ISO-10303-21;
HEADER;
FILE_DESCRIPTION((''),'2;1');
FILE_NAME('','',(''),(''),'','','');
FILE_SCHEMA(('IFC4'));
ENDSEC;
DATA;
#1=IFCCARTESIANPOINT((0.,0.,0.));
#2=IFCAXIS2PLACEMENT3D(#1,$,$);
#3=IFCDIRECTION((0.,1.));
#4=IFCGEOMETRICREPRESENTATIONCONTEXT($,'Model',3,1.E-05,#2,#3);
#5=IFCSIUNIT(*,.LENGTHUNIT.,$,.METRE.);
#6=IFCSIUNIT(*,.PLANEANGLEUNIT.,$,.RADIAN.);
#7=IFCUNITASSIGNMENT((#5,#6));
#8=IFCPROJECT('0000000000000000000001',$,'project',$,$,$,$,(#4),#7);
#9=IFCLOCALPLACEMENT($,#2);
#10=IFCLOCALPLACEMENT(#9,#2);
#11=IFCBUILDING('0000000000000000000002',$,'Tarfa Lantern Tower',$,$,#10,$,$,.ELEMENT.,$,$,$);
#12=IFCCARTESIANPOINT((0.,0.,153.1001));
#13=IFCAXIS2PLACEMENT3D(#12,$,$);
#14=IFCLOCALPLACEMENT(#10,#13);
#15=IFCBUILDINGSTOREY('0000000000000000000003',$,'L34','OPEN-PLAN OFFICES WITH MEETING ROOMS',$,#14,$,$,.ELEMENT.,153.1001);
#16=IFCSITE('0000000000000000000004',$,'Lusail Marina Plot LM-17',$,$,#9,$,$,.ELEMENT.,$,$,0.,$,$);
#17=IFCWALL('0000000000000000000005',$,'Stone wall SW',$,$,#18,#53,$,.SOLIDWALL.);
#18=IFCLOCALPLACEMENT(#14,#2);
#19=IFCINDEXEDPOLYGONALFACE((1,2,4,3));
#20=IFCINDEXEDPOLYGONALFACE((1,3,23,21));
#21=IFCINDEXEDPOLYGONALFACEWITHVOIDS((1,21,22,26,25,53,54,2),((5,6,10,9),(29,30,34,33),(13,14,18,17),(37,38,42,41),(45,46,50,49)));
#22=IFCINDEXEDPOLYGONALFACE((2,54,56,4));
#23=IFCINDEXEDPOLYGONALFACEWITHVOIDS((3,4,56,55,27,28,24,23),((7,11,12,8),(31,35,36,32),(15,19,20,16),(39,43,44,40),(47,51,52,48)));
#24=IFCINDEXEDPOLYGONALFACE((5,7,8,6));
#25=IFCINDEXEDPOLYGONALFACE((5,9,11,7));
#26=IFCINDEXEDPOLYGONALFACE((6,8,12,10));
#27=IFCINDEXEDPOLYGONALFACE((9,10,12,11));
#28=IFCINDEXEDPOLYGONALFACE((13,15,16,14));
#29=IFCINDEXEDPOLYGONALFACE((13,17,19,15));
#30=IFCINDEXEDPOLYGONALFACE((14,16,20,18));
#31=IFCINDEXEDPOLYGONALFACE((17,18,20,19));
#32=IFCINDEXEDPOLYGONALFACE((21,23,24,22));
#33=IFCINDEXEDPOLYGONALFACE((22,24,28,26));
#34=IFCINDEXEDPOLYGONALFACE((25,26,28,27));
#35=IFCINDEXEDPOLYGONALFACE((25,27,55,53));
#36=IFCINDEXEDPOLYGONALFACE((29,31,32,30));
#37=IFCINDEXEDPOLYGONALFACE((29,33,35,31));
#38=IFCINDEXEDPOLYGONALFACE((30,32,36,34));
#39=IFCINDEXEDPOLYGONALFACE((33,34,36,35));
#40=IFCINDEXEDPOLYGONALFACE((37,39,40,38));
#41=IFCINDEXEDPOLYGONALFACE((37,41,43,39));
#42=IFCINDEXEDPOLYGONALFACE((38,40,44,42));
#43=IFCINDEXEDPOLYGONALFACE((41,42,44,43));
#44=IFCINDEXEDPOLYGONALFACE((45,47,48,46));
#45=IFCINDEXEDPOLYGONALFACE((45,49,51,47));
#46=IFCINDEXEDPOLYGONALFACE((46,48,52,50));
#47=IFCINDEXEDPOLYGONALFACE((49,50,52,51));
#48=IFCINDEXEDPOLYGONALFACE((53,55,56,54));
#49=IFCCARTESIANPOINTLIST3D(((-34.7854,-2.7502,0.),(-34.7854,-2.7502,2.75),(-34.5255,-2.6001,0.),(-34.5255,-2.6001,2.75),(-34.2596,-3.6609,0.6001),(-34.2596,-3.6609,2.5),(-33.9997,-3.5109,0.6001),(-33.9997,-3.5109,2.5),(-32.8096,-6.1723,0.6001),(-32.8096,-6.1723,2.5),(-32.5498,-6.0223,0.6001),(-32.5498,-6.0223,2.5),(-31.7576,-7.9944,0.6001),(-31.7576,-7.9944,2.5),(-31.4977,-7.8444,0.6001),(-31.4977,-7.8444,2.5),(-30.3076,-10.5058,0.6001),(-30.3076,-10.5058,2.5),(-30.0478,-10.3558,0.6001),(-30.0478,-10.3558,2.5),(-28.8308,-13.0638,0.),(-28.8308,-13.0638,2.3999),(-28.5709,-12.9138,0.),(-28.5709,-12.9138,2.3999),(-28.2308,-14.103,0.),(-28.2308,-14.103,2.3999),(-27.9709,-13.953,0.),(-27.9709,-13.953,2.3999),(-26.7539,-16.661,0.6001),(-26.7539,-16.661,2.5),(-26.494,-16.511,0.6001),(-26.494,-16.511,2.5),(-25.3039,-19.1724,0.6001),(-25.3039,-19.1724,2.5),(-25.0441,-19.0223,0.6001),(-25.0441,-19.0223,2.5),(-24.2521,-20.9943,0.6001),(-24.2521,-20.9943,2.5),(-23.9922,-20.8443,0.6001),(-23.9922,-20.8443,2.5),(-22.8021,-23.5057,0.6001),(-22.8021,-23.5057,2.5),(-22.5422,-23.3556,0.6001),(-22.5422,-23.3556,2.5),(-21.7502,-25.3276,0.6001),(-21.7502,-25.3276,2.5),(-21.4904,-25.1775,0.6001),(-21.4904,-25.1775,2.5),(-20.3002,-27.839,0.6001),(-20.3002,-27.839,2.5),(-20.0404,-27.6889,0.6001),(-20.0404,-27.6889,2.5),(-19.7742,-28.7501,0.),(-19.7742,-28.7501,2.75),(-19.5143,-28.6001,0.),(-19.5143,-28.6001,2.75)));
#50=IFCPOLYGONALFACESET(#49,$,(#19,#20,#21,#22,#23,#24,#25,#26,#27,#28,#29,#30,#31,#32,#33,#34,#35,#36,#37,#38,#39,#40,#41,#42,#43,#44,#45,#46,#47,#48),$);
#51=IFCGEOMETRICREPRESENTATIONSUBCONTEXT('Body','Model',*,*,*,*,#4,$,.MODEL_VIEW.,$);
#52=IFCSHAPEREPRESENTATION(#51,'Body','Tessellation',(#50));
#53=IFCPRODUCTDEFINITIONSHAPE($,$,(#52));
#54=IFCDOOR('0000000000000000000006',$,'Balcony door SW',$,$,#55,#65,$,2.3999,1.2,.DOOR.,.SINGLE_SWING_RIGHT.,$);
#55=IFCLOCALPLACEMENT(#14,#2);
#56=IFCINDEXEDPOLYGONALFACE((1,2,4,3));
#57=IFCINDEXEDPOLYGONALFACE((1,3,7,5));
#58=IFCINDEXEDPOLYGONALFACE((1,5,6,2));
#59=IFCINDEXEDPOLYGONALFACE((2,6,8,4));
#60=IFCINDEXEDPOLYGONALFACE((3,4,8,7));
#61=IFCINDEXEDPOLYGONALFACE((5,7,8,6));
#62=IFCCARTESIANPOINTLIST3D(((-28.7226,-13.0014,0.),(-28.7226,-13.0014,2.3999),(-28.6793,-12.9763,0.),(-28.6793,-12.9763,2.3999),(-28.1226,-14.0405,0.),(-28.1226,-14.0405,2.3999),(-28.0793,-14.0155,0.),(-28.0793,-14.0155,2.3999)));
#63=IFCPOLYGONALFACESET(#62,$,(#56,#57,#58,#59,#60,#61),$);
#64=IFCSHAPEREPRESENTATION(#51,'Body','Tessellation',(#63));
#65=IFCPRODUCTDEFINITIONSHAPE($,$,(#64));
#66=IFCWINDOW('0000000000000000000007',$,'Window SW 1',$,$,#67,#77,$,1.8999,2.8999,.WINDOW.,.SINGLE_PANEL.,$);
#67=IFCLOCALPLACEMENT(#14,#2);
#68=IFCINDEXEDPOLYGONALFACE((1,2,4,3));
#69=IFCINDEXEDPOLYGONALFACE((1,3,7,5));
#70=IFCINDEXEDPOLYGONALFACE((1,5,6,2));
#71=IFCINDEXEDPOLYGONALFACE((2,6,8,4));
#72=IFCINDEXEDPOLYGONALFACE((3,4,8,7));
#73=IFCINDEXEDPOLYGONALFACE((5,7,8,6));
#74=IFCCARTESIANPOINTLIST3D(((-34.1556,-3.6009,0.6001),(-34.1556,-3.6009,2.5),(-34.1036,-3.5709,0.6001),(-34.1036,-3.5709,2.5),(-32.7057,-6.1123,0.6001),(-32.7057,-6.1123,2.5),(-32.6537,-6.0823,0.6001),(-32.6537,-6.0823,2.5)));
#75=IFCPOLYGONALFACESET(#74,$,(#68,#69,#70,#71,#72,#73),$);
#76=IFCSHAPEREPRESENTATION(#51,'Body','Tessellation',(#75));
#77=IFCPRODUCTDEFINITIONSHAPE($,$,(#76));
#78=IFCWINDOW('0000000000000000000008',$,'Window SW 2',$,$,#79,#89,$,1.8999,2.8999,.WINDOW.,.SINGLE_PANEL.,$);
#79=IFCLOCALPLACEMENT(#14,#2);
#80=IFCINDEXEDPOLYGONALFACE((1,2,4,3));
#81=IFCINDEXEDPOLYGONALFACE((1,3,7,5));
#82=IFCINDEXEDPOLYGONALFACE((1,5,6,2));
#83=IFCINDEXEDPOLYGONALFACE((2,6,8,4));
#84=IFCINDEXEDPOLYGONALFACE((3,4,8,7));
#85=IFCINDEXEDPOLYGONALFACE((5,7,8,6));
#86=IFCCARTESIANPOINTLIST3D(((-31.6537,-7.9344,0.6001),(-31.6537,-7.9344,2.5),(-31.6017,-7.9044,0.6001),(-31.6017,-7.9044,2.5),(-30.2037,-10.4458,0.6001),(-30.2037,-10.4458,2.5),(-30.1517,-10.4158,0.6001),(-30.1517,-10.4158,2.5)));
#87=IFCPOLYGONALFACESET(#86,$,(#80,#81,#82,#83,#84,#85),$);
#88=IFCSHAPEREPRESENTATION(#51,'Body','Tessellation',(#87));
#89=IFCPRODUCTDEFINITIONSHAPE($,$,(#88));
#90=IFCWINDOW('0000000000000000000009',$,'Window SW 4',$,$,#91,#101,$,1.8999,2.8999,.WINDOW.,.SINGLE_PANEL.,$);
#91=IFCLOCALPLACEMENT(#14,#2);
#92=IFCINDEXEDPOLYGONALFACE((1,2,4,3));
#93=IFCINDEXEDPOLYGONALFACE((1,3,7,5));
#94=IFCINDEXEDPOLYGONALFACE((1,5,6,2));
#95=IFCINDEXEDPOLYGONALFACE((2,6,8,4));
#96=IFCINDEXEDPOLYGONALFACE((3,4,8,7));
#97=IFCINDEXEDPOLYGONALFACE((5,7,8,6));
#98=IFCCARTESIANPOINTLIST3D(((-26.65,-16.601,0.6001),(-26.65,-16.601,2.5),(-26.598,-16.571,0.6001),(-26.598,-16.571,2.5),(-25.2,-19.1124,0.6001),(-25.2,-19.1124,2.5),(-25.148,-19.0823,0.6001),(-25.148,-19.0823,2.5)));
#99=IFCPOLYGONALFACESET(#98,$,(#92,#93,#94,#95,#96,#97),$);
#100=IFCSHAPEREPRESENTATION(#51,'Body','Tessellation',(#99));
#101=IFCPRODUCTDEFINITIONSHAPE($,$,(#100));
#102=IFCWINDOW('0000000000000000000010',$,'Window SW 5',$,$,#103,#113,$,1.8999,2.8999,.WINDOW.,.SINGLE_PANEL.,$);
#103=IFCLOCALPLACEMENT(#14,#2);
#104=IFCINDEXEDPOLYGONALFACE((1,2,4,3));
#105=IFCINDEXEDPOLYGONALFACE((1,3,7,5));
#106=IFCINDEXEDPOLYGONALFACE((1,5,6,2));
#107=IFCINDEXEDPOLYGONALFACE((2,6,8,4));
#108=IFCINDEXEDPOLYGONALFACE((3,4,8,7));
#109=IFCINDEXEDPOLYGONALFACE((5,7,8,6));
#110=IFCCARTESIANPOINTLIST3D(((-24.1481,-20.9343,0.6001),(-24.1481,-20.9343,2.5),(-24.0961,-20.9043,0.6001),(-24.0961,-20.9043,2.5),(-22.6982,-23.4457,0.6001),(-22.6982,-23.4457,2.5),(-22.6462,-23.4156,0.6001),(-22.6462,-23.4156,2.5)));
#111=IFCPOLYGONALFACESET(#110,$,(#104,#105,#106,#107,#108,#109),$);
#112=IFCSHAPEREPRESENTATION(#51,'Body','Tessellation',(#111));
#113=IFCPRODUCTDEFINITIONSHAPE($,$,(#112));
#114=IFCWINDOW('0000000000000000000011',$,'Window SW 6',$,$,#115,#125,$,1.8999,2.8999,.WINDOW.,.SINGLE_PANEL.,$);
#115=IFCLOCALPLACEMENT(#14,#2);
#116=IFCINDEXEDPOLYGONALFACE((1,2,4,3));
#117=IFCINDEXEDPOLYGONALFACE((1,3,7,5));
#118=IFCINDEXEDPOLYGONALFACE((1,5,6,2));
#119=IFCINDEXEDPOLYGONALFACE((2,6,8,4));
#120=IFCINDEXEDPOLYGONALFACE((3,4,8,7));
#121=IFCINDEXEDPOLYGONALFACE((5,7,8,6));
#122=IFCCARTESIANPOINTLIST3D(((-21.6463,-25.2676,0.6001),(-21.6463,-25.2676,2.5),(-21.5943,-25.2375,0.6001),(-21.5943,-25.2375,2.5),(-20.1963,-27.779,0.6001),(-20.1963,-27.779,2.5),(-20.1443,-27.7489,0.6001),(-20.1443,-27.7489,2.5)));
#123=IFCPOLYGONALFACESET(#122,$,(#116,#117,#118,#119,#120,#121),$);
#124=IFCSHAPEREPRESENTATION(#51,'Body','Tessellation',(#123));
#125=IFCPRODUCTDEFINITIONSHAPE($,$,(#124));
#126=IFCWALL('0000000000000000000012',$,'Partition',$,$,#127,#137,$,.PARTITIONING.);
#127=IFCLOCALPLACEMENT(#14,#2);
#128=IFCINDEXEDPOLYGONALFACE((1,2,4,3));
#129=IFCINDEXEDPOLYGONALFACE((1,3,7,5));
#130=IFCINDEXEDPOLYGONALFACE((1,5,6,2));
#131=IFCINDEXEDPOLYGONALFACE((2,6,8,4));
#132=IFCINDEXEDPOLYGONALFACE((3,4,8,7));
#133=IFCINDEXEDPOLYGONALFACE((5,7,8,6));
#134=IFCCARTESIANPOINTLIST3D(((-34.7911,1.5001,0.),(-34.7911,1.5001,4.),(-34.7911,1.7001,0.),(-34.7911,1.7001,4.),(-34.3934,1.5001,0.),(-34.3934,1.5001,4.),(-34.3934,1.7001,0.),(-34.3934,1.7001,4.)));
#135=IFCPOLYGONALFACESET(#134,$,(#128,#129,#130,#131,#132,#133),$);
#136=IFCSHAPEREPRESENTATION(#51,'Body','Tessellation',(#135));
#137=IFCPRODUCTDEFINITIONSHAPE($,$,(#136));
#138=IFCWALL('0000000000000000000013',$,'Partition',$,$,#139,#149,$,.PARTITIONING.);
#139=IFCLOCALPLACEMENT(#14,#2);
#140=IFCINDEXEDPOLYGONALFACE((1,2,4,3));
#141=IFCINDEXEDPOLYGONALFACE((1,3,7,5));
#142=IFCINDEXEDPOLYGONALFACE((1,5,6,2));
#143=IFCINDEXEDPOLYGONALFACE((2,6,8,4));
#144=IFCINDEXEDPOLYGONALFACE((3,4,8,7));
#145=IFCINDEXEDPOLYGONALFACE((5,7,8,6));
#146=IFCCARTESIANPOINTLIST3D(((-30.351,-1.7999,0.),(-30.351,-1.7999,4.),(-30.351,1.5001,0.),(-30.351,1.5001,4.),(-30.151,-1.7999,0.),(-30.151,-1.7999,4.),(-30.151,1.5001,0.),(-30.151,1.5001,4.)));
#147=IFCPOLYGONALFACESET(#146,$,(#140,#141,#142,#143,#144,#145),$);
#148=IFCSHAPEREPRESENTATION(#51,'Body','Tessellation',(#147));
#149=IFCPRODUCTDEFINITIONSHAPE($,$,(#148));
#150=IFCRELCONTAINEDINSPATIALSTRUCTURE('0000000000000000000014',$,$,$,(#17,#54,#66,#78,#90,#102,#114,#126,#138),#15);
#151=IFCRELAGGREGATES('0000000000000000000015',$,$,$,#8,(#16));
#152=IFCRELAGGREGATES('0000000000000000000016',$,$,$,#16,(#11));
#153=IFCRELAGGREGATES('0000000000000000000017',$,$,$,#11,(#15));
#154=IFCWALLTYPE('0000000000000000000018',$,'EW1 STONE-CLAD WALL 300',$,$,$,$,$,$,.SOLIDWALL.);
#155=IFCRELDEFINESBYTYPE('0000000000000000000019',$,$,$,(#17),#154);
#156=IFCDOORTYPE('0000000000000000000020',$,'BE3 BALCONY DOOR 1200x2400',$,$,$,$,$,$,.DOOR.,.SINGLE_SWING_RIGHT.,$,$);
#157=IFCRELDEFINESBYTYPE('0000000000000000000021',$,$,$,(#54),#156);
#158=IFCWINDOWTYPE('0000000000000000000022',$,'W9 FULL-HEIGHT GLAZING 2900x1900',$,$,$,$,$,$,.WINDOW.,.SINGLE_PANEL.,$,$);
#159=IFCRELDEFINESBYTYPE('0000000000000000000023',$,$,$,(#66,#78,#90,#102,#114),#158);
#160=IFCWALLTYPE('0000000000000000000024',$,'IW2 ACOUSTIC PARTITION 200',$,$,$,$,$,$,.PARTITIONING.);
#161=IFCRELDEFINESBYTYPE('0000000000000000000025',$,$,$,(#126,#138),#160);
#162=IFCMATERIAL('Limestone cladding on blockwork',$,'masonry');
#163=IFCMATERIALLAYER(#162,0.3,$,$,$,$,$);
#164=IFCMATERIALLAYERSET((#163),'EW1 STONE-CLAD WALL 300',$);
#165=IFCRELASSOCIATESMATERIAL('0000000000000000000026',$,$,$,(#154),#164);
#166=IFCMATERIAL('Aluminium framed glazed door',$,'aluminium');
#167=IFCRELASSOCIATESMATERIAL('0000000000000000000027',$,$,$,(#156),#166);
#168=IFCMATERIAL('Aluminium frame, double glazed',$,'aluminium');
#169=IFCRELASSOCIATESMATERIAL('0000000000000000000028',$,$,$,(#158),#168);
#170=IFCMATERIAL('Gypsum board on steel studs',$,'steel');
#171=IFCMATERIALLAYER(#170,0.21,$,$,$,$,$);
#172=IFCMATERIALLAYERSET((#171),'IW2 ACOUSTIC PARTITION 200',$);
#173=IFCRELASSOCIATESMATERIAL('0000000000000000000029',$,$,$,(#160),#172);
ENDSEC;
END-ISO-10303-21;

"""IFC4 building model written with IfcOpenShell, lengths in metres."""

from ifc_helpers import new_model, si_unit, direction, frame, frame_2d, origin, place, context, subcontext, project, spatial, rectangle, extrude, material, layer, layer_set, type_object, element, fill, save


model = new_model("IFC4")

# Units and contexts
model_context = context("Model", 3, precision=1e-05, world=origin(), true_north=direction((0.0, 1.0)))
body_context = subcontext(model_context, "Body", "Model", "MODEL_VIEW")
ifc_project = project(units=[si_unit("LENGTHUNIT", "METRE"), si_unit("PLANEANGLEUNIT", "RADIAN")], contexts=[model_context])

# Site, building, storey
site_placement = place(None, origin())
site = spatial("IfcSite", under=ifc_project, at=site_placement, Name="Lusail Marina Plot LM-17", CompositionType="ELEMENT", RefElevation=0.0)
building_placement = place(site_placement, origin())
building = spatial("IfcBuilding", under=site, at=building_placement, Name="Tarfa Lantern Tower", CompositionType="ELEMENT")
storey_placement = place(building_placement, frame((0.0, 0.0, 153.1001)))
storey = spatial("IfcBuildingStorey", under=building, at=storey_placement, Name="L34", Description="OPEN-PLAN OFFICES WITH MEETING ROOMS", CompositionType="ELEMENT", Elevation=153.1001)

# Wall, openings, door, windows
ifc_material_1 = material(Name="Limestone cladding on blockwork", Category="masonry")
ifc_layer_1 = layer(ifc_material_1, 0.3)
ifc_layer_set_1 = layer_set([ifc_layer_1], Name="EW1 STONE-CLAD WALL 300")
wall_type_1 = type_object("IfcWallType", Name="EW1 STONE-CLAD WALL 300", PredefinedType="SOLIDWALL", material=ifc_layer_set_1)
wall_1_placement = place(storey_placement, frame((-34.6555, -2.675, 0.0), z_axis=(0.0, 0.0, 1.0), x_axis=(0.500003, -0.866024, 0.0)))
wall_1 = element("IfcWall", 1, at=wall_1_placement, inside=storey, type_object=wall_type_1, Name="Stone wall SW", PredefinedType="SOLIDWALL", context=body_context, shape_type="SweptSolid", body=[
    extrude(rectangle(XDim=30.0222, YDim=0.3, at=frame_2d((15.0112, 0.0))), origin(), (0.0, 0.0, 1.0), 2.75),
])
opening_1_placement = place(wall_1_placement, frame((1.0518, 0.0, 0.6001)))
opening_1 = element("IfcOpeningElement", 2, at=opening_1_placement, cuts=wall_1, PredefinedType="OPENING", context=body_context, shape_type="SweptSolid", body=[
    extrude(rectangle(XDim=2.8999, YDim=1.8999, at=frame_2d((1.45, 0.95))), frame((0.0, 0.1599, 0.0), z_axis=(0.0, -1.0, 0.0), x_axis=(1.0, 0.0, 0.0)), (0.0, 0.0, 1.0), 0.3201),
])
opening_2_placement = place(wall_1_placement, frame((6.0557, 0.0, 0.6001)))
opening_2 = element("IfcOpeningElement", 3, at=opening_2_placement, cuts=wall_1, PredefinedType="OPENING", context=body_context, shape_type="SweptSolid", body=[
    extrude(rectangle(XDim=2.8999, YDim=1.8999, at=frame_2d((1.45, 0.95))), frame((0.0, 0.1599, 0.0), z_axis=(0.0, -1.0, 0.0), x_axis=(1.0, 0.0, 0.0)), (0.0, 0.0, 1.0), 0.3201),
])
opening_3_placement = place(wall_1_placement, frame((11.9092, 0.0, 0.0)))
opening_3 = element("IfcOpeningElement", 4, at=opening_3_placement, cuts=wall_1, PredefinedType="OPENING", context=body_context, shape_type="SweptSolid", body=[
    extrude(rectangle(XDim=1.2, YDim=2.3999, at=frame_2d((0.6001, 1.2))), frame((0.0, 0.1599, 0.0), z_axis=(0.0, -1.0, 0.0), x_axis=(1.0, 0.0, 0.0)), (0.0, 0.0, 1.0), 0.3201),
])
opening_4_placement = place(wall_1_placement, frame((16.063, 0.0, 0.6001)))
opening_4 = element("IfcOpeningElement", 5, at=opening_4_placement, cuts=wall_1, PredefinedType="OPENING", context=body_context, shape_type="SweptSolid", body=[
    extrude(rectangle(XDim=2.8999, YDim=1.8999, at=frame_2d((1.45, 0.95))), frame((0.0, 0.1599, 0.0), z_axis=(0.0, -1.0, 0.0), x_axis=(1.0, 0.0, 0.0)), (0.0, 0.0, 1.0), 0.3201),
])
opening_5_placement = place(wall_1_placement, frame((21.0667, 0.0, 0.6001)))
opening_5 = element("IfcOpeningElement", 6, at=opening_5_placement, cuts=wall_1, PredefinedType="OPENING", context=body_context, shape_type="SweptSolid", body=[
    extrude(rectangle(XDim=2.8999, YDim=1.8999, at=frame_2d((1.45, 0.95))), frame((0.0, 0.1599, 0.0), z_axis=(0.0, -1.0, 0.0), x_axis=(1.0, 0.0, 0.0)), (0.0, 0.0, 1.0), 0.3201),
])
opening_6_placement = place(wall_1_placement, frame((26.0703, 0.0, 0.6001)))
opening_6 = element("IfcOpeningElement", 7, at=opening_6_placement, cuts=wall_1, PredefinedType="OPENING", context=body_context, shape_type="SweptSolid", body=[
    extrude(rectangle(XDim=2.8999, YDim=1.8999, at=frame_2d((1.45, 0.95))), frame((0.0, 0.1599, 0.0), z_axis=(0.0, -1.0, 0.0), x_axis=(1.0, 0.0, 0.0)), (0.0, 0.0, 1.0), 0.3201),
])
ifc_material_2 = material(Name="Aluminium framed glazed door", Category="aluminium")
door_type = type_object("IfcDoorType", Name="BE3 BALCONY DOOR 1200x2400", OperationType="SINGLE_SWING_RIGHT", PredefinedType="DOOR", material=ifc_material_2)
door_placement = place(opening_3_placement, origin())
door = element("IfcDoor", 8, at=door_placement, inside=storey, type_object=door_type, Name="Balcony door SW", OperationType="SINGLE_SWING_RIGHT", OverallHeight=2.3999, OverallWidth=1.2, PredefinedType="DOOR", context=body_context, shape_type="SweptSolid", body=[
    extrude(rectangle(XDim=1.2, YDim=2.3999, at=frame_2d((0.6001, 1.2))), frame((0.0, 0.0249, 0.0), z_axis=(0.0, -1.0, 0.0), x_axis=(1.0, 0.0, 0.0)), (0.0, 0.0, 1.0), 0.05),
])
fill(opening_3, door)
ifc_material_3 = material(Name="Aluminium frame, double glazed", Category="aluminium")
window_type = type_object("IfcWindowType", Name="W9 FULL-HEIGHT GLAZING 2900x1900", PartitioningType="SINGLE_PANEL", PredefinedType="WINDOW", material=ifc_material_3)
window_1_placement = place(opening_1_placement, origin())
window_1 = element("IfcWindow", 9, at=window_1_placement, inside=storey, type_object=window_type, Name="Window SW 1", OverallHeight=1.8999, OverallWidth=2.8999, PartitioningType="SINGLE_PANEL", PredefinedType="WINDOW", context=body_context, shape_type="SweptSolid", body=[
    extrude(rectangle(XDim=2.8999, YDim=1.8999, at=frame_2d((1.45, 0.95))), frame((0.0, 0.03, 0.0), z_axis=(0.0, -1.0, 0.0), x_axis=(1.0, 0.0, 0.0)), (0.0, 0.0, 1.0), 0.0601),
])
fill(opening_1, window_1)
window_2_placement = place(opening_2_placement, origin())
window_2 = element("IfcWindow", 10, at=window_2_placement, inside=storey, type_object=window_type, Name="Window SW 2", OverallHeight=1.8999, OverallWidth=2.8999, PartitioningType="SINGLE_PANEL", PredefinedType="WINDOW", context=body_context, shape_type="SweptSolid", body=[
    extrude(rectangle(XDim=2.8999, YDim=1.8999, at=frame_2d((1.45, 0.95))), frame((0.0, 0.03, 0.0), z_axis=(0.0, -1.0, 0.0), x_axis=(1.0, 0.0, 0.0)), (0.0, 0.0, 1.0), 0.0601),
])
fill(opening_2, window_2)
window_3_placement = place(opening_4_placement, origin())
window_3 = element("IfcWindow", 11, at=window_3_placement, inside=storey, type_object=window_type, Name="Window SW 4", OverallHeight=1.8999, OverallWidth=2.8999, PartitioningType="SINGLE_PANEL", PredefinedType="WINDOW", context=body_context, shape_type="SweptSolid", body=[
    extrude(rectangle(XDim=2.8999, YDim=1.8999, at=frame_2d((1.45, 0.95))), frame((0.0, 0.03, 0.0), z_axis=(0.0, -1.0, 0.0), x_axis=(1.0, 0.0, 0.0)), (0.0, 0.0, 1.0), 0.0601),
])
fill(opening_4, window_3)
window_4_placement = place(opening_5_placement, origin())
window_4 = element("IfcWindow", 12, at=window_4_placement, inside=storey, type_object=window_type, Name="Window SW 5", OverallHeight=1.8999, OverallWidth=2.8999, PartitioningType="SINGLE_PANEL", PredefinedType="WINDOW", context=body_context, shape_type="SweptSolid", body=[
    extrude(rectangle(XDim=2.8999, YDim=1.8999, at=frame_2d((1.45, 0.95))), frame((0.0, 0.03, 0.0), z_axis=(0.0, -1.0, 0.0), x_axis=(1.0, 0.0, 0.0)), (0.0, 0.0, 1.0), 0.0601),
])
fill(opening_5, window_4)
window_5_placement = place(opening_6_placement, origin())
window_5 = element("IfcWindow", 13, at=window_5_placement, inside=storey, type_object=window_type, Name="Window SW 6", OverallHeight=1.8999, OverallWidth=2.8999, PartitioningType="SINGLE_PANEL", PredefinedType="WINDOW", context=body_context, shape_type="SweptSolid", body=[
    extrude(rectangle(XDim=2.8999, YDim=1.8999, at=frame_2d((1.45, 0.95))), frame((0.0, 0.03, 0.0), z_axis=(0.0, -1.0, 0.0), x_axis=(1.0, 0.0, 0.0)), (0.0, 0.0, 1.0), 0.0601),
])
fill(opening_6, window_5)

# Walls
ifc_material_4 = material(Name="Gypsum board on steel studs", Category="steel")
ifc_layer_2 = layer(ifc_material_4, 0.21)
ifc_layer_set_2 = layer_set([ifc_layer_2], Name="IW2 ACOUSTIC PARTITION 200")
wall_type_2 = type_object("IfcWallType", Name="IW2 ACOUSTIC PARTITION 200", PredefinedType="PARTITIONING", material=ifc_layer_set_2)
wall_2_placement = place(storey_placement, frame((-34.3936, 1.6001, 0.0), z_axis=(0.0, 0.0, 1.0), x_axis=(-1.0, 0.0, 0.0)))
element("IfcWall", 14, at=wall_2_placement, inside=storey, type_object=wall_type_2, Name="Partition", PredefinedType="PARTITIONING", context=body_context, shape_type="SweptSolid", body=[
    extrude(rectangle(XDim=0.3977, YDim=0.2, at=frame_2d((0.1987, 0.0))), origin(), (0.0, 0.0, 1.0), 4.0),
])
wall_3_placement = place(storey_placement, frame((-30.251, 1.5, 0.0), z_axis=(0.0, 0.0, 1.0), x_axis=(0.0, -1.0, 0.0)))
element("IfcWall", 15, at=wall_3_placement, inside=storey, type_object=wall_type_2, Name="Partition", PredefinedType="PARTITIONING", context=body_context, shape_type="SweptSolid", body=[
    extrude(rectangle(XDim=3.3, YDim=0.2, at=frame_2d((1.6499, 0.0))), origin(), (0.0, 0.0, 1.0), 4.0),
])

save(model, "model.ifc")
